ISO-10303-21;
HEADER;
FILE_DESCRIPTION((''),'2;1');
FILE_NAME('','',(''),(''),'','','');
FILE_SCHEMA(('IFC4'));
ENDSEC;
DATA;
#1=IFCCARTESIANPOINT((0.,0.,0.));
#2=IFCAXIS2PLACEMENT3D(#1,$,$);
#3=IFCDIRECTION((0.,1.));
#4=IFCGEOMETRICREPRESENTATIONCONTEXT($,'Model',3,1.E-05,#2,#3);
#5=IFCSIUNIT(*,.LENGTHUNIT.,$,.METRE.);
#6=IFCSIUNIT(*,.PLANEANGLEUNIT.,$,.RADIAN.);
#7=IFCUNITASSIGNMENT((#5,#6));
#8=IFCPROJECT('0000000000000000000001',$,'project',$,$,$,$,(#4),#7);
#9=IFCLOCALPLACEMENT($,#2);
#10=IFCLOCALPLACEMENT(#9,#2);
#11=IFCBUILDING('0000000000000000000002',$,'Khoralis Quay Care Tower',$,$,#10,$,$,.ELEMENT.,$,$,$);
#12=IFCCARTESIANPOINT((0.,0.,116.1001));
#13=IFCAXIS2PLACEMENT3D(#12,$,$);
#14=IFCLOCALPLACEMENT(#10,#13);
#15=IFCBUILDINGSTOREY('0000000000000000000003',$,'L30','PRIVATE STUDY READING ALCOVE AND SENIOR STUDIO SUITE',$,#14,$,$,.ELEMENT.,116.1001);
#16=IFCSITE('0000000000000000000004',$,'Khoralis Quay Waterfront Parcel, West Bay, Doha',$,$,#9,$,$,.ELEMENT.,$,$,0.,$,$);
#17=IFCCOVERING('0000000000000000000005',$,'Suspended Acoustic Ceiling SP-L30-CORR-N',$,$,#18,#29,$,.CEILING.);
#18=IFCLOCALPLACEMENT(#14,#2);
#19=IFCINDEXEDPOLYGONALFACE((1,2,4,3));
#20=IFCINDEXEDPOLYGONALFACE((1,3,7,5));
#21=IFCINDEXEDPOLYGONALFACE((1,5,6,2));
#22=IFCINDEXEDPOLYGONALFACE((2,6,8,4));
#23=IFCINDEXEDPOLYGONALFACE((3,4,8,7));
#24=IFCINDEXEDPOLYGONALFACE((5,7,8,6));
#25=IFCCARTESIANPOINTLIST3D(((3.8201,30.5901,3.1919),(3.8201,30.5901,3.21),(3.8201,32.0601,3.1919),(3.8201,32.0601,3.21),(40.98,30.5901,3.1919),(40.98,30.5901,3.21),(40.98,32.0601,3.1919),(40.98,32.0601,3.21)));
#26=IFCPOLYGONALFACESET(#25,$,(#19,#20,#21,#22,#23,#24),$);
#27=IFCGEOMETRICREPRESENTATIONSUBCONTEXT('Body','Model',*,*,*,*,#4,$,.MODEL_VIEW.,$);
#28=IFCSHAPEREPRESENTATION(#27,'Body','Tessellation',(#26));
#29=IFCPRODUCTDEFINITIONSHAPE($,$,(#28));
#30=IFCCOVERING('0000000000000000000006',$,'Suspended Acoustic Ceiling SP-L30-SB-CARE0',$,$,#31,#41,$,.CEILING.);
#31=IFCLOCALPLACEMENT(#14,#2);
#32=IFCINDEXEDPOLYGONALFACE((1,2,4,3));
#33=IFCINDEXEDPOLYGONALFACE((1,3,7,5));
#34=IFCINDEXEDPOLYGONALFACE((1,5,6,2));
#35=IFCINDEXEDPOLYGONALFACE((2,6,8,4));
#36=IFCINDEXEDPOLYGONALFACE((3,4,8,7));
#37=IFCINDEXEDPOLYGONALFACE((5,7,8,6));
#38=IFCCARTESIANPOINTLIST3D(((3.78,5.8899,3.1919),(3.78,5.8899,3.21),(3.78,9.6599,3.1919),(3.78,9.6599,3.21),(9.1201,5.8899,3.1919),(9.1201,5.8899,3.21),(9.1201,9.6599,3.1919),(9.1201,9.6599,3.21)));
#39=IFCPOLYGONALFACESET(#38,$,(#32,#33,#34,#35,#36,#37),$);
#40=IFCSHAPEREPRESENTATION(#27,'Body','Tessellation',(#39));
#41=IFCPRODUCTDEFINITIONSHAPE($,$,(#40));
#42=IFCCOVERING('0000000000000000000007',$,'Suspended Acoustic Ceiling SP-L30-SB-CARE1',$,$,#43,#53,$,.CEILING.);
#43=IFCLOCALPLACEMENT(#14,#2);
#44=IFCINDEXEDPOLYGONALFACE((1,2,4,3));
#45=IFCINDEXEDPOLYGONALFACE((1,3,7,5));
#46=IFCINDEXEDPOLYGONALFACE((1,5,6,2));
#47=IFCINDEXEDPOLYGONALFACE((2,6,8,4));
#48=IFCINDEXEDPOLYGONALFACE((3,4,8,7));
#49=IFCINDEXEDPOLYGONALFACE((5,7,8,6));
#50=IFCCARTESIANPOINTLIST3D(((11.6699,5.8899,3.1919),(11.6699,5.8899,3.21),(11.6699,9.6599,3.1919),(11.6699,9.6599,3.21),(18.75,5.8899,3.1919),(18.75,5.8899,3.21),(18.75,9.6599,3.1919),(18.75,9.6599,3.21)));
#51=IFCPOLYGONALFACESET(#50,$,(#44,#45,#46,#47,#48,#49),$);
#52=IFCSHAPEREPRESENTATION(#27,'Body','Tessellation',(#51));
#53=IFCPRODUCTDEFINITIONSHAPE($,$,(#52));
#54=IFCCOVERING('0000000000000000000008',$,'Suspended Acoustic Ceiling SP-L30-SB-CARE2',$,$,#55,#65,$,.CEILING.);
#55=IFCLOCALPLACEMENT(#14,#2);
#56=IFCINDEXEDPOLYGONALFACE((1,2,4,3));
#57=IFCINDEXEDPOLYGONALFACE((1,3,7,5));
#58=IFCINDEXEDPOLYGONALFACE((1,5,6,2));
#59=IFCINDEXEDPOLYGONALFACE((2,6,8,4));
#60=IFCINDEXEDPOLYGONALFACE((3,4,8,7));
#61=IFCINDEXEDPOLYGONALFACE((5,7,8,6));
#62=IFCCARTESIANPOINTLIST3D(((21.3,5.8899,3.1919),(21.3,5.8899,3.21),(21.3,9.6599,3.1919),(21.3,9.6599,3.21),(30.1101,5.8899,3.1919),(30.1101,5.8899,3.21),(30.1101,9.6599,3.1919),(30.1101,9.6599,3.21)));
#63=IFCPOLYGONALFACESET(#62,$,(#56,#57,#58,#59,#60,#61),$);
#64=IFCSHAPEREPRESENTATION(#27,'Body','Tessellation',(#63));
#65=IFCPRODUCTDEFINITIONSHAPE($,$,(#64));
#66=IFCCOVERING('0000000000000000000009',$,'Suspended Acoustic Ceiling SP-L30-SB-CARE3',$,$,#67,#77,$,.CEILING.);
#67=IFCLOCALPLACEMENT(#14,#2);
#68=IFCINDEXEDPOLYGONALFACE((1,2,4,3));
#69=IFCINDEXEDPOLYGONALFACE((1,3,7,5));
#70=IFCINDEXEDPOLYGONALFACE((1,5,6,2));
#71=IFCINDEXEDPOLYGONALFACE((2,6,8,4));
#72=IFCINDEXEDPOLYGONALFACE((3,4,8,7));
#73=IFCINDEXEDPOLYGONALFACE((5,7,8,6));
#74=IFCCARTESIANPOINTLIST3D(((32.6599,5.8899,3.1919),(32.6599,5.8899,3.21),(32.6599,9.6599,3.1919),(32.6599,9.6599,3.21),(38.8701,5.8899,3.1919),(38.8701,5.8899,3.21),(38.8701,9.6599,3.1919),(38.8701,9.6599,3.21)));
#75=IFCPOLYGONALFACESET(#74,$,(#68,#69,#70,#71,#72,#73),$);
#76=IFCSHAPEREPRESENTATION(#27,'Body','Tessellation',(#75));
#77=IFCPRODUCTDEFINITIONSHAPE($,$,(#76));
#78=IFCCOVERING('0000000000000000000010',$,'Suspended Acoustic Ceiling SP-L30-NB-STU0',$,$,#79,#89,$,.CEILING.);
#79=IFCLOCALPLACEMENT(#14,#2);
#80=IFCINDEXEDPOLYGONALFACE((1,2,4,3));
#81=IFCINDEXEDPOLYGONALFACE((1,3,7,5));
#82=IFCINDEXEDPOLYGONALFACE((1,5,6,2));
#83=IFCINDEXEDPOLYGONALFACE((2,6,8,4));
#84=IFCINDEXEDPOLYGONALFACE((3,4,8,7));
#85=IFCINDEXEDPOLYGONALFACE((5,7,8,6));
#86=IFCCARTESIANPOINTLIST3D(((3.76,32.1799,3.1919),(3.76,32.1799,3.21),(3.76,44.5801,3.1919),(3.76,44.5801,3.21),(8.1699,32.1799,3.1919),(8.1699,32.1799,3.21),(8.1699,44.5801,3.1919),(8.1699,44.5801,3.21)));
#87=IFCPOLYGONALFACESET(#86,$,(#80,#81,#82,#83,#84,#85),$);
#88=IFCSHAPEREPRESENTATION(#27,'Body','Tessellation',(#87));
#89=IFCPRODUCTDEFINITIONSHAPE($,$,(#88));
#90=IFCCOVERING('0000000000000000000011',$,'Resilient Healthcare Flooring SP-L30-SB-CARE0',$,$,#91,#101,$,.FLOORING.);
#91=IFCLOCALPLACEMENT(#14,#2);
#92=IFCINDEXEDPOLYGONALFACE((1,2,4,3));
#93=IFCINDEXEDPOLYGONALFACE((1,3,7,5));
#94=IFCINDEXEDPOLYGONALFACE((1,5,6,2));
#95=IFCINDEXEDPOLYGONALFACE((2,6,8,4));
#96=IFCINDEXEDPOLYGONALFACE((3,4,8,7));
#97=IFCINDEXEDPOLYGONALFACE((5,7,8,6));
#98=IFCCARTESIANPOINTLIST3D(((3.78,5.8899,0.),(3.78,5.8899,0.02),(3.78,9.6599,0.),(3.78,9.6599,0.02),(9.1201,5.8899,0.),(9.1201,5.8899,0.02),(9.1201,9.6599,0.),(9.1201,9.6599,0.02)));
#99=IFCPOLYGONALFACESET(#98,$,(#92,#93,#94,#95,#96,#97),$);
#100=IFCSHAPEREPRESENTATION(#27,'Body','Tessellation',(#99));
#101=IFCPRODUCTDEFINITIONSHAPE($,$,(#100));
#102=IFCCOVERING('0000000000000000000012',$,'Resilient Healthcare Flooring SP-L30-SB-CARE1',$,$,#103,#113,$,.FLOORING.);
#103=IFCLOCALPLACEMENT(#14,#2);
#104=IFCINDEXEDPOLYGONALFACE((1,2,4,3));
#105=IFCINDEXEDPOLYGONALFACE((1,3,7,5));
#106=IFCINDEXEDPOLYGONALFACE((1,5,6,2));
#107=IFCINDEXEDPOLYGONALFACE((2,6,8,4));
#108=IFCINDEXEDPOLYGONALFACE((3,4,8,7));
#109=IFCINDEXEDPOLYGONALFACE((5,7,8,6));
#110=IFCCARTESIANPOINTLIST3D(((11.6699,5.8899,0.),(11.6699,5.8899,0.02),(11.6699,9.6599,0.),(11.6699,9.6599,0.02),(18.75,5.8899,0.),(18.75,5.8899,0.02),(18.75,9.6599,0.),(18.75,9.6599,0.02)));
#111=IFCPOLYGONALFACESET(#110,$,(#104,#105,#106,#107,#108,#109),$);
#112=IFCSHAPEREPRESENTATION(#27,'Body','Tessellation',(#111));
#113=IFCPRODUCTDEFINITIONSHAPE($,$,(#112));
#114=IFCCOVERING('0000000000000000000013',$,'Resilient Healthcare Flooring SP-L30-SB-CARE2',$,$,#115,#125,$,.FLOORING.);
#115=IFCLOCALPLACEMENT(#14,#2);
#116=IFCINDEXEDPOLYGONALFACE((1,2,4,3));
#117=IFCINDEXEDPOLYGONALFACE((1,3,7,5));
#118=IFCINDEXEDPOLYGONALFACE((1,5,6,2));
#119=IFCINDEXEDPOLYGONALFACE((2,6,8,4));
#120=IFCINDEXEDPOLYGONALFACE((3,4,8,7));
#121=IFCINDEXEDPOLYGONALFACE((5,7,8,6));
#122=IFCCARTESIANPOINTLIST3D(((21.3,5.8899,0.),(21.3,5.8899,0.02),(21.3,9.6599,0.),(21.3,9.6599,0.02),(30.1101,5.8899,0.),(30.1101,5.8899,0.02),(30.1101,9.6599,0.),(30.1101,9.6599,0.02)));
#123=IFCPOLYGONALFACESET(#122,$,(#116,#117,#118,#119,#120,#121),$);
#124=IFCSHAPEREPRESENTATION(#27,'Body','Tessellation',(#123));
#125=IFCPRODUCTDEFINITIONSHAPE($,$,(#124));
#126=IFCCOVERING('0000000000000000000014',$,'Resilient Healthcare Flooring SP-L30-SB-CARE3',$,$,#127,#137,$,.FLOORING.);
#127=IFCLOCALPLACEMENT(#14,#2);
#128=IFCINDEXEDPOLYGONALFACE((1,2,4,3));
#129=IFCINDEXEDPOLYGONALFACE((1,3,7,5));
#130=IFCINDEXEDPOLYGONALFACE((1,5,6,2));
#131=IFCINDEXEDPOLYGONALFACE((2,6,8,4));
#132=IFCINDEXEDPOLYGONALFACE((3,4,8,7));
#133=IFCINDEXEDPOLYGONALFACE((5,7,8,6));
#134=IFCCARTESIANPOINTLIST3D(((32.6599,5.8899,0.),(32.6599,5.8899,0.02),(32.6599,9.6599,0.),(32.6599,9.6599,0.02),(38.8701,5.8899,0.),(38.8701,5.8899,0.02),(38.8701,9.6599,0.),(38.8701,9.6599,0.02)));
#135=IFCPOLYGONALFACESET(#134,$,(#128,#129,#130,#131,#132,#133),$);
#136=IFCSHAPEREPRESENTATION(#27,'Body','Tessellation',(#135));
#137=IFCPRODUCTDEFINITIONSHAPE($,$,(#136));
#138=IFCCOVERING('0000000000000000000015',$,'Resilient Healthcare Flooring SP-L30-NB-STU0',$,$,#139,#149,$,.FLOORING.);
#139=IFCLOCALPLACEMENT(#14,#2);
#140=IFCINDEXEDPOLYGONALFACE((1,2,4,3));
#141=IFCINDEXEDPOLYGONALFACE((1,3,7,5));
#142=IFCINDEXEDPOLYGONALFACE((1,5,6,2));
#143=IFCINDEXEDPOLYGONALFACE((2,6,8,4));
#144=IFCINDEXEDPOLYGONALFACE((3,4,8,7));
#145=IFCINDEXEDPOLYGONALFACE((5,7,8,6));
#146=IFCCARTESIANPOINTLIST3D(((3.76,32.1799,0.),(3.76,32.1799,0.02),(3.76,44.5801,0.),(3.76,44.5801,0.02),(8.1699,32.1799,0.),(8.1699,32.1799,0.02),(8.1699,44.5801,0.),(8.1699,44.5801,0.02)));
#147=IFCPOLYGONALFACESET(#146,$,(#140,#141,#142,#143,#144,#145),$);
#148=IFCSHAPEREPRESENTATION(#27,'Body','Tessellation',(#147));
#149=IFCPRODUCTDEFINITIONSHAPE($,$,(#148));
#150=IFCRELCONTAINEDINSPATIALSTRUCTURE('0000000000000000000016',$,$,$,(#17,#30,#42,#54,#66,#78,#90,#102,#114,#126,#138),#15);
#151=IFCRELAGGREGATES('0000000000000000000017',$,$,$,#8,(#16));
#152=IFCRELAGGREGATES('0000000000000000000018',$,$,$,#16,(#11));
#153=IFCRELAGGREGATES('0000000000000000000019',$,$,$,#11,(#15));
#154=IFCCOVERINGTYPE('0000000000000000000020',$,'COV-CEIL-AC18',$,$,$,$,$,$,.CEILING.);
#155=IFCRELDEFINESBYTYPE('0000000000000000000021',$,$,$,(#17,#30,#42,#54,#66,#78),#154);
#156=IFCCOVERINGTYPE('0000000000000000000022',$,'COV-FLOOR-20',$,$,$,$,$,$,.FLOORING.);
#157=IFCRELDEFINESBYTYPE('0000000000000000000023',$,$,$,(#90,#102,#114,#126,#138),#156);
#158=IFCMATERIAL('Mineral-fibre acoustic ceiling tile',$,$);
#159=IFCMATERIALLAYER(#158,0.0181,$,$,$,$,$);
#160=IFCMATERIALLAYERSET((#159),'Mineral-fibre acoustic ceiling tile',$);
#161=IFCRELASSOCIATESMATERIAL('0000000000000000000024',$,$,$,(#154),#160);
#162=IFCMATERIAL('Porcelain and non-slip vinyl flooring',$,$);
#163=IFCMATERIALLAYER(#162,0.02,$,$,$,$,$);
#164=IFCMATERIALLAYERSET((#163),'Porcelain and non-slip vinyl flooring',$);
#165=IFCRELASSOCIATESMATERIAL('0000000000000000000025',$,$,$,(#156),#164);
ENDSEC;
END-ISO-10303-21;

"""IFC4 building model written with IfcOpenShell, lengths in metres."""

from ifc_helpers import new_model, si_unit, direction, frame, origin, place, context, subcontext, project, spatial, polyline, outline, extrude, material, layer, layer_set, type_object, element, save


model = new_model("IFC4")

# Units and contexts
model_context = context("Model", 3, precision=1e-05, world=origin(), true_north=direction((0.0, 1.0)))
body_context = subcontext(model_context, "Body", "Model", "MODEL_VIEW")
ifc_project = project(units=[si_unit("LENGTHUNIT", "METRE"), si_unit("PLANEANGLEUNIT", "RADIAN")], contexts=[model_context])

# Site, building, storey
site_placement = place(None, origin())
site = spatial("IfcSite", under=ifc_project, at=site_placement, Name="Khoralis Quay Waterfront Parcel, West Bay, Doha", CompositionType="ELEMENT", RefElevation=0.0)
building_placement = place(site_placement, origin())
building = spatial("IfcBuilding", under=site, at=building_placement, Name="Khoralis Quay Care Tower", CompositionType="ELEMENT")
storey_placement = place(building_placement, frame((0.0, 0.0, 116.1001)))
storey = spatial("IfcBuildingStorey", under=building, at=storey_placement, Name="L30", Description="PRIVATE STUDY READING ALCOVE AND SENIOR STUDIO SUITE", CompositionType="ELEMENT", Elevation=116.1001)

# Coverings
ifc_material_1 = material(Name="Mineral-fibre acoustic ceiling tile")
ifc_layer_1 = layer(ifc_material_1, 0.0181)
ifc_layer_set_1 = layer_set([ifc_layer_1], Name="Mineral-fibre acoustic ceiling tile")
covering_type_1 = type_object("IfcCoveringType", Name="COV-CEIL-AC18", PredefinedType="CEILING", material=ifc_layer_set_1)
covering_1_placement = place(storey_placement, frame((0.0, 0.0, 3.1919)))
element("IfcCovering", 1, at=covering_1_placement, inside=storey, type_object=covering_type_1, Name="Suspended Acoustic Ceiling SP-L30-CORR-N", PredefinedType="CEILING", context=body_context, shape_type="SweptSolid", body=[
    extrude(outline(polyline([(3.8201, 30.5901), (40.98, 30.5901), (40.98, 32.0601), (3.8201, 32.0601), (3.8201, 30.5901)])), origin(), (0.0, 0.0, 1.0), 0.0181),
])
covering_2_placement = place(storey_placement, frame((0.0, 0.0, 3.1919)))
element("IfcCovering", 2, at=covering_2_placement, inside=storey, type_object=covering_type_1, Name="Suspended Acoustic Ceiling SP-L30-SB-CARE0", PredefinedType="CEILING", context=body_context, shape_type="SweptSolid", body=[
    extrude(outline(polyline([(3.78, 5.8899), (9.1201, 5.8899), (9.1201, 9.6599), (3.78, 9.6599), (3.78, 5.8899)])), origin(), (0.0, 0.0, 1.0), 0.0181),
])
covering_3_placement = place(storey_placement, frame((0.0, 0.0, 3.1919)))
element("IfcCovering", 3, at=covering_3_placement, inside=storey, type_object=covering_type_1, Name="Suspended Acoustic Ceiling SP-L30-SB-CARE1", PredefinedType="CEILING", context=body_context, shape_type="SweptSolid", body=[
    extrude(outline(polyline([(11.6699, 5.8899), (18.75, 5.8899), (18.75, 9.6599), (11.6699, 9.6599), (11.6699, 5.8899)])), origin(), (0.0, 0.0, 1.0), 0.0181),
])
covering_4_placement = place(storey_placement, frame((0.0, 0.0, 3.1919)))
element("IfcCovering", 4, at=covering_4_placement, inside=storey, type_object=covering_type_1, Name="Suspended Acoustic Ceiling SP-L30-SB-CARE2", PredefinedType="CEILING", context=body_context, shape_type="SweptSolid", body=[
    extrude(outline(polyline([(21.3, 5.8899), (30.1101, 5.8899), (30.1101, 9.6599), (21.3, 9.6599), (21.3, 5.8899)])), origin(), (0.0, 0.0, 1.0), 0.0181),
])
covering_5_placement = place(storey_placement, frame((0.0, 0.0, 3.1919)))
element("IfcCovering", 5, at=covering_5_placement, inside=storey, type_object=covering_type_1, Name="Suspended Acoustic Ceiling SP-L30-SB-CARE3", PredefinedType="CEILING", context=body_context, shape_type="SweptSolid", body=[
    extrude(outline(polyline([(32.6599, 5.8899), (38.8701, 5.8899), (38.8701, 9.6599), (32.6599, 9.6599), (32.6599, 5.8899)])), origin(), (0.0, 0.0, 1.0), 0.0181),
])
covering_6_placement = place(storey_placement, frame((0.0, 0.0, 3.1919)))
element("IfcCovering", 6, at=covering_6_placement, inside=storey, type_object=covering_type_1, Name="Suspended Acoustic Ceiling SP-L30-NB-STU0", PredefinedType="CEILING", context=body_context, shape_type="SweptSolid", body=[
    extrude(outline(polyline([(3.76, 32.1799), (8.1699, 32.1799), (8.1699, 44.5801), (3.76, 44.5801), (3.76, 32.1799)])), origin(), (0.0, 0.0, 1.0), 0.0181),
])
ifc_material_2 = material(Name="Porcelain and non-slip vinyl flooring")
ifc_layer_2 = layer(ifc_material_2, 0.02)
ifc_layer_set_2 = layer_set([ifc_layer_2], Name="Porcelain and non-slip vinyl flooring")
covering_type_2 = type_object("IfcCoveringType", Name="COV-FLOOR-20", PredefinedType="FLOORING", material=ifc_layer_set_2)
covering_7_placement = place(storey_placement, origin())
element("IfcCovering", 7, at=covering_7_placement, inside=storey, type_object=covering_type_2, Name="Resilient Healthcare Flooring SP-L30-SB-CARE0", PredefinedType="FLOORING", context=body_context, shape_type="SweptSolid", body=[
    extrude(outline(polyline([(3.78, 5.8899), (9.1201, 5.8899), (9.1201, 9.6599), (3.78, 9.6599), (3.78, 5.8899)])), origin(), (0.0, 0.0, 1.0), 0.02),
])
covering_8_placement = place(storey_placement, origin())
element("IfcCovering", 8, at=covering_8_placement, inside=storey, type_object=covering_type_2, Name="Resilient Healthcare Flooring SP-L30-SB-CARE1", PredefinedType="FLOORING", context=body_context, shape_type="SweptSolid", body=[
    extrude(outline(polyline([(11.6699, 5.8899), (18.75, 5.8899), (18.75, 9.6599), (11.6699, 9.6599), (11.6699, 5.8899)])), origin(), (0.0, 0.0, 1.0), 0.02),
])
covering_9_placement = place(storey_placement, origin())
element("IfcCovering", 9, at=covering_9_placement, inside=storey, type_object=covering_type_2, Name="Resilient Healthcare Flooring SP-L30-SB-CARE2", PredefinedType="FLOORING", context=body_context, shape_type="SweptSolid", body=[
    extrude(outline(polyline([(21.3, 5.8899), (30.1101, 5.8899), (30.1101, 9.6599), (21.3, 9.6599), (21.3, 5.8899)])), origin(), (0.0, 0.0, 1.0), 0.02),
])
covering_10_placement = place(storey_placement, origin())
element("IfcCovering", 10, at=covering_10_placement, inside=storey, type_object=covering_type_2, Name="Resilient Healthcare Flooring SP-L30-SB-CARE3", PredefinedType="FLOORING", context=body_context, shape_type="SweptSolid", body=[
    extrude(outline(polyline([(32.6599, 5.8899), (38.8701, 5.8899), (38.8701, 9.6599), (32.6599, 9.6599), (32.6599, 5.8899)])), origin(), (0.0, 0.0, 1.0), 0.02),
])
covering_11_placement = place(storey_placement, origin())
element("IfcCovering", 11, at=covering_11_placement, inside=storey, type_object=covering_type_2, Name="Resilient Healthcare Flooring SP-L30-NB-STU0", PredefinedType="FLOORING", context=body_context, shape_type="SweptSolid", body=[
    extrude(outline(polyline([(3.76, 32.1799), (8.1699, 32.1799), (8.1699, 44.5801), (3.76, 44.5801), (3.76, 32.1799)])), origin(), (0.0, 0.0, 1.0), 0.02),
])

save(model, "model.ifc")
